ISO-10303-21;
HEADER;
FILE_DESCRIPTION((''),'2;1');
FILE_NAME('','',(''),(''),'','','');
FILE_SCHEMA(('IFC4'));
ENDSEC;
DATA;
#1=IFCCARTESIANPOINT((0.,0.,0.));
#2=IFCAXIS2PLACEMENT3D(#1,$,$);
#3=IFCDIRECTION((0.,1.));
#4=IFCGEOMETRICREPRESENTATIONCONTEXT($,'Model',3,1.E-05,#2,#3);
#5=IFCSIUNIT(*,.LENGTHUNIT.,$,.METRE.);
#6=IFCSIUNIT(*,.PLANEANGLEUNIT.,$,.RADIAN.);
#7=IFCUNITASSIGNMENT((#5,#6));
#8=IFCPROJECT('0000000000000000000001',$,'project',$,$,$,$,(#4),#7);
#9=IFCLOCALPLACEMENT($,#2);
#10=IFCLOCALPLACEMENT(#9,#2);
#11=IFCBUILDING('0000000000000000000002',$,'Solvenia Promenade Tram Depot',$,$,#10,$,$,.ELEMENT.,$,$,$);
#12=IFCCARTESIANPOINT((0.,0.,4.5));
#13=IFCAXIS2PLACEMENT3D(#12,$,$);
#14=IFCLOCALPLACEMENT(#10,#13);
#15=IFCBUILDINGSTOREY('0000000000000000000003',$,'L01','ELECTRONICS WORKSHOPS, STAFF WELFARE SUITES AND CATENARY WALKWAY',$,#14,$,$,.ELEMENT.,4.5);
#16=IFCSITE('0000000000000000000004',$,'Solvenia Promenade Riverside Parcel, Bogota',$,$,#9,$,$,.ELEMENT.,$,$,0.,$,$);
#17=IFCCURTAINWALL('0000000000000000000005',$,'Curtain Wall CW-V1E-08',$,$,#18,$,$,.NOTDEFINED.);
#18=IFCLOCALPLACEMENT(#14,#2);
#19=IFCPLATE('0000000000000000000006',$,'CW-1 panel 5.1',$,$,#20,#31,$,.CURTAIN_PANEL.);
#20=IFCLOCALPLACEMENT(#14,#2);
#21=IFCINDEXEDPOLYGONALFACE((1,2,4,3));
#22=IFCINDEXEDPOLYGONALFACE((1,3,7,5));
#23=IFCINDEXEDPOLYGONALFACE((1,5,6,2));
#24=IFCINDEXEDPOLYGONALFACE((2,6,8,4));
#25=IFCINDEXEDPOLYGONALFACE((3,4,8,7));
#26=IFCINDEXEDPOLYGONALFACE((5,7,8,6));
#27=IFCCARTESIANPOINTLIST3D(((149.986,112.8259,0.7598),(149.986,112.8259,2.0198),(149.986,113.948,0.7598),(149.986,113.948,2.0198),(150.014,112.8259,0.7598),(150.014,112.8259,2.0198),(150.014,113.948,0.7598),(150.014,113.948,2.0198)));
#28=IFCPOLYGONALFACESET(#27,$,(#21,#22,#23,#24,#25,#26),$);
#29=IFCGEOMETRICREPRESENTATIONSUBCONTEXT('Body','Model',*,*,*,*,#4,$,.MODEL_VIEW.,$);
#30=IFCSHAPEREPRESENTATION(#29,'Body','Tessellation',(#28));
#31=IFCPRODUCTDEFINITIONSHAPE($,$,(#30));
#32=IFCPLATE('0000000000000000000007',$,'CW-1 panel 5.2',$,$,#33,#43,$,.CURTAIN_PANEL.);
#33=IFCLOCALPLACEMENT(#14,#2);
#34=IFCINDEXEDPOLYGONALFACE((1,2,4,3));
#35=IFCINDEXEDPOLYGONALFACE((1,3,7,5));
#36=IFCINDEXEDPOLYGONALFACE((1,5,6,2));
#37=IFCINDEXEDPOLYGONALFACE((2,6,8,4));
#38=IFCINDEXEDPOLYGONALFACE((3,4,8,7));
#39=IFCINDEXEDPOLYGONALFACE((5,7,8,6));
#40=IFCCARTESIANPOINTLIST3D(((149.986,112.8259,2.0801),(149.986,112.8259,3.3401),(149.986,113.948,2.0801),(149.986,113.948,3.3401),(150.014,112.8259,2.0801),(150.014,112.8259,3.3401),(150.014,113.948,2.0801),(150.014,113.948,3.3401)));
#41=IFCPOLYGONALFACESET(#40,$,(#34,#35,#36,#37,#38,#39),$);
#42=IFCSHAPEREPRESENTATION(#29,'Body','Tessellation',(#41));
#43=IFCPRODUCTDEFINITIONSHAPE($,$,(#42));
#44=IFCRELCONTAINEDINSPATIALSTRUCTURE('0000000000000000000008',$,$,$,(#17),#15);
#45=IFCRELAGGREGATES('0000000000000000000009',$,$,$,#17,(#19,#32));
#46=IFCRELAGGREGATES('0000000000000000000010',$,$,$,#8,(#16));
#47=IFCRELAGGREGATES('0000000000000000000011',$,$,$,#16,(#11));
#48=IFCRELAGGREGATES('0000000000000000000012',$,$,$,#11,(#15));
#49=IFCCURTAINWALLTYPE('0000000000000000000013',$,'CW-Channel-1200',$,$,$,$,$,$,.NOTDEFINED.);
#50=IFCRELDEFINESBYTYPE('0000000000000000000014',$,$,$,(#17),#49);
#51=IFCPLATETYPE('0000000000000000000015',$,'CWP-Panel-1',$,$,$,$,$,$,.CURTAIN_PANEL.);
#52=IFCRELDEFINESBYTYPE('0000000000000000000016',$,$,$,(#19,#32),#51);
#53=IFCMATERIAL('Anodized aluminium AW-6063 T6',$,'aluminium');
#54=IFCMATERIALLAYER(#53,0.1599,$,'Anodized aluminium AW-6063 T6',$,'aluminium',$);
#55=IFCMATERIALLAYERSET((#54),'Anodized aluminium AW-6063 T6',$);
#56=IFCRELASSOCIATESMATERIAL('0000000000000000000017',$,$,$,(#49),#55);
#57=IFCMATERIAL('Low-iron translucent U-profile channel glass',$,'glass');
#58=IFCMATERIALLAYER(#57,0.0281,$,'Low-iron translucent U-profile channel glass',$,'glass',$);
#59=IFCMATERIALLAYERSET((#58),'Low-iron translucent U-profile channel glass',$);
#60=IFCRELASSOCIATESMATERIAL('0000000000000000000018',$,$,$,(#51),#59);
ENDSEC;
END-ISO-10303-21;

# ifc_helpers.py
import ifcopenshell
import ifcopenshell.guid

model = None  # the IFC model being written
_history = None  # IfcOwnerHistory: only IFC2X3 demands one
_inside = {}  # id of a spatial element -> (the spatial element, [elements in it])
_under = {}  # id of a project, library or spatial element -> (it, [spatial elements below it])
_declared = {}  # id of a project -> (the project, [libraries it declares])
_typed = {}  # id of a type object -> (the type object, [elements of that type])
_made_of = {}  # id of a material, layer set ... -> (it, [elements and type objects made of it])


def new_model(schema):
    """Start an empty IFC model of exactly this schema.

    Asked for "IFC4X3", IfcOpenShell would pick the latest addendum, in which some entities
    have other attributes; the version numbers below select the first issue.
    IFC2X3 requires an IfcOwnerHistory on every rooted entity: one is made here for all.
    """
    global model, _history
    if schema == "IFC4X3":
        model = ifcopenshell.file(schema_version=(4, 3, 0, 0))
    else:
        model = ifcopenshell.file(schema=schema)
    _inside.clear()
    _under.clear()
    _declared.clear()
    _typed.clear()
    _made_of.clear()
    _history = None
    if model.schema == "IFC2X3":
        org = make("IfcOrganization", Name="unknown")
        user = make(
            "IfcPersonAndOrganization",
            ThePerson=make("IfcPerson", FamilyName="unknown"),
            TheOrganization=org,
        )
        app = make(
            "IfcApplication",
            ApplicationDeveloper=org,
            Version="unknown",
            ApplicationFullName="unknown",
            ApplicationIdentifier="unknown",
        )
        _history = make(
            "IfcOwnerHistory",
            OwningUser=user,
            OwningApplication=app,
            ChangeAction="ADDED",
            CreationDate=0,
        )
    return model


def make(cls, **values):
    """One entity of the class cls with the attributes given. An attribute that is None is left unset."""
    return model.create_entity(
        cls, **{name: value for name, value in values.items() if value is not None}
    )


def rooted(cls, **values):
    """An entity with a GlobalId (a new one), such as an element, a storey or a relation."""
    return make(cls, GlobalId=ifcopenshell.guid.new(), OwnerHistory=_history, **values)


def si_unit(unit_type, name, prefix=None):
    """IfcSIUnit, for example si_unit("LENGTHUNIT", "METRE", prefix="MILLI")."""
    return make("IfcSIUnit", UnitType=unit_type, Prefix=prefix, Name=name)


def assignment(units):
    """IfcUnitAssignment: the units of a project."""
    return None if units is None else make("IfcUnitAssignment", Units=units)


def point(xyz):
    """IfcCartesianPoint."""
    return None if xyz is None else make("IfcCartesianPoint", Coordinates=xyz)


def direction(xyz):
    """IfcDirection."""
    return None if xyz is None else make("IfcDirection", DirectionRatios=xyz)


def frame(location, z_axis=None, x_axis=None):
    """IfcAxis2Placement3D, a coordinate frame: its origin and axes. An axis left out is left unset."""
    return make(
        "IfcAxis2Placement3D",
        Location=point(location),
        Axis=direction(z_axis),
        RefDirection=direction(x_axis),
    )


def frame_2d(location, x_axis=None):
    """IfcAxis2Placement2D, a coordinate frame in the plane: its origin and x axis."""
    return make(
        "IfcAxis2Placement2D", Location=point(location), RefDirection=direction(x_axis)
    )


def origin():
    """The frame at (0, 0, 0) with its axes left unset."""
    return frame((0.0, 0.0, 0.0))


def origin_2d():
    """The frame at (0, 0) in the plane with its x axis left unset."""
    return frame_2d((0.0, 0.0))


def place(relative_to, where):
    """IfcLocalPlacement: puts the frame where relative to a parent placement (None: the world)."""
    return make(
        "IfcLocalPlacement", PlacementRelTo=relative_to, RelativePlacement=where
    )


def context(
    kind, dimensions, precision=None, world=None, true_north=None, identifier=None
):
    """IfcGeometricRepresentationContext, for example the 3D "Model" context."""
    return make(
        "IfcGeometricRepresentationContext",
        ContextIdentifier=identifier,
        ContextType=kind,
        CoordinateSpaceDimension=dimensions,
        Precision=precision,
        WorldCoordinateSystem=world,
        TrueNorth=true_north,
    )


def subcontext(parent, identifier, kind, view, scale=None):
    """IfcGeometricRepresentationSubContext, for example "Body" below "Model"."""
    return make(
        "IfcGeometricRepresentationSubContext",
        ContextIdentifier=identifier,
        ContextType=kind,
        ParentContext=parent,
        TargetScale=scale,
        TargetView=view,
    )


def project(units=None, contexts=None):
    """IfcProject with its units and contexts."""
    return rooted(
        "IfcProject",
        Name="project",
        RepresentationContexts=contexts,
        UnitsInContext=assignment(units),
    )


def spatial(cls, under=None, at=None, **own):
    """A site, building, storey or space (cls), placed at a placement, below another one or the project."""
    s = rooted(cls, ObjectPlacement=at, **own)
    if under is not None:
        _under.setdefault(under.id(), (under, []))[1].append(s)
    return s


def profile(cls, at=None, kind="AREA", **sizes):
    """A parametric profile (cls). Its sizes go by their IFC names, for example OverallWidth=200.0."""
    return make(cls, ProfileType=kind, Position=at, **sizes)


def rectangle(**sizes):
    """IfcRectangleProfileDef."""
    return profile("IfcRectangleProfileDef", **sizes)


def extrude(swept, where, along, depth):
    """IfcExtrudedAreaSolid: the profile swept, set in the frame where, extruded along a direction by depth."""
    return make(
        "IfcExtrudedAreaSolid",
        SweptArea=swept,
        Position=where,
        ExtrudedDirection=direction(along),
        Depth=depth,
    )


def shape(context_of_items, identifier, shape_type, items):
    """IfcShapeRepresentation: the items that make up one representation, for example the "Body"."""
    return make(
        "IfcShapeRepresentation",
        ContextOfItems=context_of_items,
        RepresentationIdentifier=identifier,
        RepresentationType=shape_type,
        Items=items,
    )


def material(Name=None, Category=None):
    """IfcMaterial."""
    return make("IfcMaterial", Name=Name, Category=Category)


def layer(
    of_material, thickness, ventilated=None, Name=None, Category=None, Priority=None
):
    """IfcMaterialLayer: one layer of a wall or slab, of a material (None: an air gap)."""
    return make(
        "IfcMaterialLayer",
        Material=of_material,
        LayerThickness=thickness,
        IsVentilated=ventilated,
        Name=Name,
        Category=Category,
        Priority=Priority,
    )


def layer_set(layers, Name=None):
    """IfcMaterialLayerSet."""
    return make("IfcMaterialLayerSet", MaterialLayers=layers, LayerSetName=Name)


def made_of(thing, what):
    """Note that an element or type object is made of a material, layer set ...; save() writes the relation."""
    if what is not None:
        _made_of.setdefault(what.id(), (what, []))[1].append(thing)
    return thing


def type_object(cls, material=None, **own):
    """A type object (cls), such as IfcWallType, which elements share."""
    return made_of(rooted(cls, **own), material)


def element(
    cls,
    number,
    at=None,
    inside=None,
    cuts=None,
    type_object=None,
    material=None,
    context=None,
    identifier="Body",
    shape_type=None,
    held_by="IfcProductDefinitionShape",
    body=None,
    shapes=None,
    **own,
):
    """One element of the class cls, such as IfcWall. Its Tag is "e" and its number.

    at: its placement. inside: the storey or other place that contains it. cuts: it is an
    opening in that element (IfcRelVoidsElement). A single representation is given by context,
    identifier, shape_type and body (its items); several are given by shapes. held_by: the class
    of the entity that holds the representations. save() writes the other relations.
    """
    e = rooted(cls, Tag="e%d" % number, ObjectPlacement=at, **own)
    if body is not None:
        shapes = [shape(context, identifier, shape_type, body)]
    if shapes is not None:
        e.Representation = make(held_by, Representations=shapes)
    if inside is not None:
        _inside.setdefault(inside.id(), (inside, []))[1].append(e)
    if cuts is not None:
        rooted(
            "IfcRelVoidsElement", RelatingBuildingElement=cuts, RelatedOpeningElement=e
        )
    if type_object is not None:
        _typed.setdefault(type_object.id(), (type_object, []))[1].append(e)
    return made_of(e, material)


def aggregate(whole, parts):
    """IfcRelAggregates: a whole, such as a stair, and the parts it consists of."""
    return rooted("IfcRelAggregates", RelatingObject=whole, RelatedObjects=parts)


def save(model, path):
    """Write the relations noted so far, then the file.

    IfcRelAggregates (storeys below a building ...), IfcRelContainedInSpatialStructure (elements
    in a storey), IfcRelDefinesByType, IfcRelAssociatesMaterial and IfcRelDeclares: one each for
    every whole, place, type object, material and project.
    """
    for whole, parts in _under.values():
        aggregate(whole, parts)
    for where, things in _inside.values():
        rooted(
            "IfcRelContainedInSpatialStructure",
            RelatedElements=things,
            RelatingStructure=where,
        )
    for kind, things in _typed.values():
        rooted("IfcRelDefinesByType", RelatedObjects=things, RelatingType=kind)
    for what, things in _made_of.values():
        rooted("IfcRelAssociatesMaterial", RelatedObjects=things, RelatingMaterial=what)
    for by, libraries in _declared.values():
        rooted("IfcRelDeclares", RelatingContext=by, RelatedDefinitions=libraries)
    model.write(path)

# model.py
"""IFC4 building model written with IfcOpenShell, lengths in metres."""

from ifc_helpers import new_model, si_unit, direction, frame, origin, origin_2d, place, context, subcontext, project, spatial, rectangle, extrude, material, layer, layer_set, type_object, element, aggregate, save


model = new_model("IFC4")

# Units and contexts
model_context = context("Model", 3, precision=1e-05, world=origin(), true_north=direction((0.0, 1.0)))
body_context = subcontext(model_context, "Body", "Model", "MODEL_VIEW")
ifc_project = project(units=[si_unit("LENGTHUNIT", "METRE"), si_unit("PLANEANGLEUNIT", "RADIAN")], contexts=[model_context])

# Site, building, storey
site_placement = place(None, origin())
site = spatial("IfcSite", under=ifc_project, at=site_placement, Name="Solvenia Promenade Riverside Parcel, Bogota", CompositionType="ELEMENT", RefElevation=0.0)
building_placement = place(site_placement, origin())
building = spatial("IfcBuilding", under=site, at=building_placement, Name="Solvenia Promenade Tram Depot", CompositionType="ELEMENT")
storey_placement = place(building_placement, frame((0.0, 0.0, 4.5)))
storey = spatial("IfcBuildingStorey", under=building, at=storey_placement, Name="L01", Description="ELECTRONICS WORKSHOPS, STAFF WELFARE SUITES AND CATENARY WALKWAY", CompositionType="ELEMENT", Elevation=4.5)

# Curtain wall, plates
ifc_material_1 = material(Name="Anodized aluminium AW-6063 T6", Category="aluminium")
ifc_layer_1 = layer(ifc_material_1, 0.1599, Name="Anodized aluminium AW-6063 T6", Category="aluminium")
ifc_layer_set_1 = layer_set([ifc_layer_1], Name="Anodized aluminium AW-6063 T6")
curtain_wall_type = type_object("IfcCurtainWallType", Name="CW-Channel-1200", PredefinedType="NOTDEFINED", material=ifc_layer_set_1)
curtain_wall_placement = place(storey_placement, origin())
curtain_wall = element("IfcCurtainWall", 1, at=curtain_wall_placement, inside=storey, type_object=curtain_wall_type, Name="Curtain Wall CW-V1E-08", PredefinedType="NOTDEFINED")
ifc_material_2 = material(Name="Low-iron translucent U-profile channel glass", Category="glass")
ifc_layer_2 = layer(ifc_material_2, 0.0281, Name="Low-iron translucent U-profile channel glass", Category="glass")
ifc_layer_set_2 = layer_set([ifc_layer_2], Name="Low-iron translucent U-profile channel glass")
plate_type = type_object("IfcPlateType", Name="CWP-Panel-1", PredefinedType="CURTAIN_PANEL", material=ifc_layer_set_2)
plate_1_placement = place(storey_placement, frame((150.0, 113.387, 0.7598), z_axis=(0.0, 0.0, 1.0), x_axis=(0.0, 1.0, 0.0)))
plate_1 = element("IfcPlate", 2, at=plate_1_placement, type_object=plate_type, Name="CW-1 panel 5.1", PredefinedType="CURTAIN_PANEL", context=body_context, shape_type="SweptSolid", body=[
    extrude(rectangle(XDim=1.1221, YDim=0.0281, at=origin_2d()), origin(), (0.0, 0.0, 1.0), 1.26),
])
plate_2_placement = place(storey_placement, frame((150.0, 113.387, 2.0801), z_axis=(0.0, 0.0, 1.0), x_axis=(0.0, 1.0, 0.0)))
plate_2 = element("IfcPlate", 3, at=plate_2_placement, type_object=plate_type, Name="CW-1 panel 5.2", PredefinedType="CURTAIN_PANEL", context=body_context, shape_type="SweptSolid", body=[
    extrude(rectangle(XDim=1.1221, YDim=0.0281, at=origin_2d()), origin(), (0.0, 0.0, 1.0), 1.26),
])
aggregate(curtain_wall, [plate_1, plate_2])

save(model, "model.ifc")
